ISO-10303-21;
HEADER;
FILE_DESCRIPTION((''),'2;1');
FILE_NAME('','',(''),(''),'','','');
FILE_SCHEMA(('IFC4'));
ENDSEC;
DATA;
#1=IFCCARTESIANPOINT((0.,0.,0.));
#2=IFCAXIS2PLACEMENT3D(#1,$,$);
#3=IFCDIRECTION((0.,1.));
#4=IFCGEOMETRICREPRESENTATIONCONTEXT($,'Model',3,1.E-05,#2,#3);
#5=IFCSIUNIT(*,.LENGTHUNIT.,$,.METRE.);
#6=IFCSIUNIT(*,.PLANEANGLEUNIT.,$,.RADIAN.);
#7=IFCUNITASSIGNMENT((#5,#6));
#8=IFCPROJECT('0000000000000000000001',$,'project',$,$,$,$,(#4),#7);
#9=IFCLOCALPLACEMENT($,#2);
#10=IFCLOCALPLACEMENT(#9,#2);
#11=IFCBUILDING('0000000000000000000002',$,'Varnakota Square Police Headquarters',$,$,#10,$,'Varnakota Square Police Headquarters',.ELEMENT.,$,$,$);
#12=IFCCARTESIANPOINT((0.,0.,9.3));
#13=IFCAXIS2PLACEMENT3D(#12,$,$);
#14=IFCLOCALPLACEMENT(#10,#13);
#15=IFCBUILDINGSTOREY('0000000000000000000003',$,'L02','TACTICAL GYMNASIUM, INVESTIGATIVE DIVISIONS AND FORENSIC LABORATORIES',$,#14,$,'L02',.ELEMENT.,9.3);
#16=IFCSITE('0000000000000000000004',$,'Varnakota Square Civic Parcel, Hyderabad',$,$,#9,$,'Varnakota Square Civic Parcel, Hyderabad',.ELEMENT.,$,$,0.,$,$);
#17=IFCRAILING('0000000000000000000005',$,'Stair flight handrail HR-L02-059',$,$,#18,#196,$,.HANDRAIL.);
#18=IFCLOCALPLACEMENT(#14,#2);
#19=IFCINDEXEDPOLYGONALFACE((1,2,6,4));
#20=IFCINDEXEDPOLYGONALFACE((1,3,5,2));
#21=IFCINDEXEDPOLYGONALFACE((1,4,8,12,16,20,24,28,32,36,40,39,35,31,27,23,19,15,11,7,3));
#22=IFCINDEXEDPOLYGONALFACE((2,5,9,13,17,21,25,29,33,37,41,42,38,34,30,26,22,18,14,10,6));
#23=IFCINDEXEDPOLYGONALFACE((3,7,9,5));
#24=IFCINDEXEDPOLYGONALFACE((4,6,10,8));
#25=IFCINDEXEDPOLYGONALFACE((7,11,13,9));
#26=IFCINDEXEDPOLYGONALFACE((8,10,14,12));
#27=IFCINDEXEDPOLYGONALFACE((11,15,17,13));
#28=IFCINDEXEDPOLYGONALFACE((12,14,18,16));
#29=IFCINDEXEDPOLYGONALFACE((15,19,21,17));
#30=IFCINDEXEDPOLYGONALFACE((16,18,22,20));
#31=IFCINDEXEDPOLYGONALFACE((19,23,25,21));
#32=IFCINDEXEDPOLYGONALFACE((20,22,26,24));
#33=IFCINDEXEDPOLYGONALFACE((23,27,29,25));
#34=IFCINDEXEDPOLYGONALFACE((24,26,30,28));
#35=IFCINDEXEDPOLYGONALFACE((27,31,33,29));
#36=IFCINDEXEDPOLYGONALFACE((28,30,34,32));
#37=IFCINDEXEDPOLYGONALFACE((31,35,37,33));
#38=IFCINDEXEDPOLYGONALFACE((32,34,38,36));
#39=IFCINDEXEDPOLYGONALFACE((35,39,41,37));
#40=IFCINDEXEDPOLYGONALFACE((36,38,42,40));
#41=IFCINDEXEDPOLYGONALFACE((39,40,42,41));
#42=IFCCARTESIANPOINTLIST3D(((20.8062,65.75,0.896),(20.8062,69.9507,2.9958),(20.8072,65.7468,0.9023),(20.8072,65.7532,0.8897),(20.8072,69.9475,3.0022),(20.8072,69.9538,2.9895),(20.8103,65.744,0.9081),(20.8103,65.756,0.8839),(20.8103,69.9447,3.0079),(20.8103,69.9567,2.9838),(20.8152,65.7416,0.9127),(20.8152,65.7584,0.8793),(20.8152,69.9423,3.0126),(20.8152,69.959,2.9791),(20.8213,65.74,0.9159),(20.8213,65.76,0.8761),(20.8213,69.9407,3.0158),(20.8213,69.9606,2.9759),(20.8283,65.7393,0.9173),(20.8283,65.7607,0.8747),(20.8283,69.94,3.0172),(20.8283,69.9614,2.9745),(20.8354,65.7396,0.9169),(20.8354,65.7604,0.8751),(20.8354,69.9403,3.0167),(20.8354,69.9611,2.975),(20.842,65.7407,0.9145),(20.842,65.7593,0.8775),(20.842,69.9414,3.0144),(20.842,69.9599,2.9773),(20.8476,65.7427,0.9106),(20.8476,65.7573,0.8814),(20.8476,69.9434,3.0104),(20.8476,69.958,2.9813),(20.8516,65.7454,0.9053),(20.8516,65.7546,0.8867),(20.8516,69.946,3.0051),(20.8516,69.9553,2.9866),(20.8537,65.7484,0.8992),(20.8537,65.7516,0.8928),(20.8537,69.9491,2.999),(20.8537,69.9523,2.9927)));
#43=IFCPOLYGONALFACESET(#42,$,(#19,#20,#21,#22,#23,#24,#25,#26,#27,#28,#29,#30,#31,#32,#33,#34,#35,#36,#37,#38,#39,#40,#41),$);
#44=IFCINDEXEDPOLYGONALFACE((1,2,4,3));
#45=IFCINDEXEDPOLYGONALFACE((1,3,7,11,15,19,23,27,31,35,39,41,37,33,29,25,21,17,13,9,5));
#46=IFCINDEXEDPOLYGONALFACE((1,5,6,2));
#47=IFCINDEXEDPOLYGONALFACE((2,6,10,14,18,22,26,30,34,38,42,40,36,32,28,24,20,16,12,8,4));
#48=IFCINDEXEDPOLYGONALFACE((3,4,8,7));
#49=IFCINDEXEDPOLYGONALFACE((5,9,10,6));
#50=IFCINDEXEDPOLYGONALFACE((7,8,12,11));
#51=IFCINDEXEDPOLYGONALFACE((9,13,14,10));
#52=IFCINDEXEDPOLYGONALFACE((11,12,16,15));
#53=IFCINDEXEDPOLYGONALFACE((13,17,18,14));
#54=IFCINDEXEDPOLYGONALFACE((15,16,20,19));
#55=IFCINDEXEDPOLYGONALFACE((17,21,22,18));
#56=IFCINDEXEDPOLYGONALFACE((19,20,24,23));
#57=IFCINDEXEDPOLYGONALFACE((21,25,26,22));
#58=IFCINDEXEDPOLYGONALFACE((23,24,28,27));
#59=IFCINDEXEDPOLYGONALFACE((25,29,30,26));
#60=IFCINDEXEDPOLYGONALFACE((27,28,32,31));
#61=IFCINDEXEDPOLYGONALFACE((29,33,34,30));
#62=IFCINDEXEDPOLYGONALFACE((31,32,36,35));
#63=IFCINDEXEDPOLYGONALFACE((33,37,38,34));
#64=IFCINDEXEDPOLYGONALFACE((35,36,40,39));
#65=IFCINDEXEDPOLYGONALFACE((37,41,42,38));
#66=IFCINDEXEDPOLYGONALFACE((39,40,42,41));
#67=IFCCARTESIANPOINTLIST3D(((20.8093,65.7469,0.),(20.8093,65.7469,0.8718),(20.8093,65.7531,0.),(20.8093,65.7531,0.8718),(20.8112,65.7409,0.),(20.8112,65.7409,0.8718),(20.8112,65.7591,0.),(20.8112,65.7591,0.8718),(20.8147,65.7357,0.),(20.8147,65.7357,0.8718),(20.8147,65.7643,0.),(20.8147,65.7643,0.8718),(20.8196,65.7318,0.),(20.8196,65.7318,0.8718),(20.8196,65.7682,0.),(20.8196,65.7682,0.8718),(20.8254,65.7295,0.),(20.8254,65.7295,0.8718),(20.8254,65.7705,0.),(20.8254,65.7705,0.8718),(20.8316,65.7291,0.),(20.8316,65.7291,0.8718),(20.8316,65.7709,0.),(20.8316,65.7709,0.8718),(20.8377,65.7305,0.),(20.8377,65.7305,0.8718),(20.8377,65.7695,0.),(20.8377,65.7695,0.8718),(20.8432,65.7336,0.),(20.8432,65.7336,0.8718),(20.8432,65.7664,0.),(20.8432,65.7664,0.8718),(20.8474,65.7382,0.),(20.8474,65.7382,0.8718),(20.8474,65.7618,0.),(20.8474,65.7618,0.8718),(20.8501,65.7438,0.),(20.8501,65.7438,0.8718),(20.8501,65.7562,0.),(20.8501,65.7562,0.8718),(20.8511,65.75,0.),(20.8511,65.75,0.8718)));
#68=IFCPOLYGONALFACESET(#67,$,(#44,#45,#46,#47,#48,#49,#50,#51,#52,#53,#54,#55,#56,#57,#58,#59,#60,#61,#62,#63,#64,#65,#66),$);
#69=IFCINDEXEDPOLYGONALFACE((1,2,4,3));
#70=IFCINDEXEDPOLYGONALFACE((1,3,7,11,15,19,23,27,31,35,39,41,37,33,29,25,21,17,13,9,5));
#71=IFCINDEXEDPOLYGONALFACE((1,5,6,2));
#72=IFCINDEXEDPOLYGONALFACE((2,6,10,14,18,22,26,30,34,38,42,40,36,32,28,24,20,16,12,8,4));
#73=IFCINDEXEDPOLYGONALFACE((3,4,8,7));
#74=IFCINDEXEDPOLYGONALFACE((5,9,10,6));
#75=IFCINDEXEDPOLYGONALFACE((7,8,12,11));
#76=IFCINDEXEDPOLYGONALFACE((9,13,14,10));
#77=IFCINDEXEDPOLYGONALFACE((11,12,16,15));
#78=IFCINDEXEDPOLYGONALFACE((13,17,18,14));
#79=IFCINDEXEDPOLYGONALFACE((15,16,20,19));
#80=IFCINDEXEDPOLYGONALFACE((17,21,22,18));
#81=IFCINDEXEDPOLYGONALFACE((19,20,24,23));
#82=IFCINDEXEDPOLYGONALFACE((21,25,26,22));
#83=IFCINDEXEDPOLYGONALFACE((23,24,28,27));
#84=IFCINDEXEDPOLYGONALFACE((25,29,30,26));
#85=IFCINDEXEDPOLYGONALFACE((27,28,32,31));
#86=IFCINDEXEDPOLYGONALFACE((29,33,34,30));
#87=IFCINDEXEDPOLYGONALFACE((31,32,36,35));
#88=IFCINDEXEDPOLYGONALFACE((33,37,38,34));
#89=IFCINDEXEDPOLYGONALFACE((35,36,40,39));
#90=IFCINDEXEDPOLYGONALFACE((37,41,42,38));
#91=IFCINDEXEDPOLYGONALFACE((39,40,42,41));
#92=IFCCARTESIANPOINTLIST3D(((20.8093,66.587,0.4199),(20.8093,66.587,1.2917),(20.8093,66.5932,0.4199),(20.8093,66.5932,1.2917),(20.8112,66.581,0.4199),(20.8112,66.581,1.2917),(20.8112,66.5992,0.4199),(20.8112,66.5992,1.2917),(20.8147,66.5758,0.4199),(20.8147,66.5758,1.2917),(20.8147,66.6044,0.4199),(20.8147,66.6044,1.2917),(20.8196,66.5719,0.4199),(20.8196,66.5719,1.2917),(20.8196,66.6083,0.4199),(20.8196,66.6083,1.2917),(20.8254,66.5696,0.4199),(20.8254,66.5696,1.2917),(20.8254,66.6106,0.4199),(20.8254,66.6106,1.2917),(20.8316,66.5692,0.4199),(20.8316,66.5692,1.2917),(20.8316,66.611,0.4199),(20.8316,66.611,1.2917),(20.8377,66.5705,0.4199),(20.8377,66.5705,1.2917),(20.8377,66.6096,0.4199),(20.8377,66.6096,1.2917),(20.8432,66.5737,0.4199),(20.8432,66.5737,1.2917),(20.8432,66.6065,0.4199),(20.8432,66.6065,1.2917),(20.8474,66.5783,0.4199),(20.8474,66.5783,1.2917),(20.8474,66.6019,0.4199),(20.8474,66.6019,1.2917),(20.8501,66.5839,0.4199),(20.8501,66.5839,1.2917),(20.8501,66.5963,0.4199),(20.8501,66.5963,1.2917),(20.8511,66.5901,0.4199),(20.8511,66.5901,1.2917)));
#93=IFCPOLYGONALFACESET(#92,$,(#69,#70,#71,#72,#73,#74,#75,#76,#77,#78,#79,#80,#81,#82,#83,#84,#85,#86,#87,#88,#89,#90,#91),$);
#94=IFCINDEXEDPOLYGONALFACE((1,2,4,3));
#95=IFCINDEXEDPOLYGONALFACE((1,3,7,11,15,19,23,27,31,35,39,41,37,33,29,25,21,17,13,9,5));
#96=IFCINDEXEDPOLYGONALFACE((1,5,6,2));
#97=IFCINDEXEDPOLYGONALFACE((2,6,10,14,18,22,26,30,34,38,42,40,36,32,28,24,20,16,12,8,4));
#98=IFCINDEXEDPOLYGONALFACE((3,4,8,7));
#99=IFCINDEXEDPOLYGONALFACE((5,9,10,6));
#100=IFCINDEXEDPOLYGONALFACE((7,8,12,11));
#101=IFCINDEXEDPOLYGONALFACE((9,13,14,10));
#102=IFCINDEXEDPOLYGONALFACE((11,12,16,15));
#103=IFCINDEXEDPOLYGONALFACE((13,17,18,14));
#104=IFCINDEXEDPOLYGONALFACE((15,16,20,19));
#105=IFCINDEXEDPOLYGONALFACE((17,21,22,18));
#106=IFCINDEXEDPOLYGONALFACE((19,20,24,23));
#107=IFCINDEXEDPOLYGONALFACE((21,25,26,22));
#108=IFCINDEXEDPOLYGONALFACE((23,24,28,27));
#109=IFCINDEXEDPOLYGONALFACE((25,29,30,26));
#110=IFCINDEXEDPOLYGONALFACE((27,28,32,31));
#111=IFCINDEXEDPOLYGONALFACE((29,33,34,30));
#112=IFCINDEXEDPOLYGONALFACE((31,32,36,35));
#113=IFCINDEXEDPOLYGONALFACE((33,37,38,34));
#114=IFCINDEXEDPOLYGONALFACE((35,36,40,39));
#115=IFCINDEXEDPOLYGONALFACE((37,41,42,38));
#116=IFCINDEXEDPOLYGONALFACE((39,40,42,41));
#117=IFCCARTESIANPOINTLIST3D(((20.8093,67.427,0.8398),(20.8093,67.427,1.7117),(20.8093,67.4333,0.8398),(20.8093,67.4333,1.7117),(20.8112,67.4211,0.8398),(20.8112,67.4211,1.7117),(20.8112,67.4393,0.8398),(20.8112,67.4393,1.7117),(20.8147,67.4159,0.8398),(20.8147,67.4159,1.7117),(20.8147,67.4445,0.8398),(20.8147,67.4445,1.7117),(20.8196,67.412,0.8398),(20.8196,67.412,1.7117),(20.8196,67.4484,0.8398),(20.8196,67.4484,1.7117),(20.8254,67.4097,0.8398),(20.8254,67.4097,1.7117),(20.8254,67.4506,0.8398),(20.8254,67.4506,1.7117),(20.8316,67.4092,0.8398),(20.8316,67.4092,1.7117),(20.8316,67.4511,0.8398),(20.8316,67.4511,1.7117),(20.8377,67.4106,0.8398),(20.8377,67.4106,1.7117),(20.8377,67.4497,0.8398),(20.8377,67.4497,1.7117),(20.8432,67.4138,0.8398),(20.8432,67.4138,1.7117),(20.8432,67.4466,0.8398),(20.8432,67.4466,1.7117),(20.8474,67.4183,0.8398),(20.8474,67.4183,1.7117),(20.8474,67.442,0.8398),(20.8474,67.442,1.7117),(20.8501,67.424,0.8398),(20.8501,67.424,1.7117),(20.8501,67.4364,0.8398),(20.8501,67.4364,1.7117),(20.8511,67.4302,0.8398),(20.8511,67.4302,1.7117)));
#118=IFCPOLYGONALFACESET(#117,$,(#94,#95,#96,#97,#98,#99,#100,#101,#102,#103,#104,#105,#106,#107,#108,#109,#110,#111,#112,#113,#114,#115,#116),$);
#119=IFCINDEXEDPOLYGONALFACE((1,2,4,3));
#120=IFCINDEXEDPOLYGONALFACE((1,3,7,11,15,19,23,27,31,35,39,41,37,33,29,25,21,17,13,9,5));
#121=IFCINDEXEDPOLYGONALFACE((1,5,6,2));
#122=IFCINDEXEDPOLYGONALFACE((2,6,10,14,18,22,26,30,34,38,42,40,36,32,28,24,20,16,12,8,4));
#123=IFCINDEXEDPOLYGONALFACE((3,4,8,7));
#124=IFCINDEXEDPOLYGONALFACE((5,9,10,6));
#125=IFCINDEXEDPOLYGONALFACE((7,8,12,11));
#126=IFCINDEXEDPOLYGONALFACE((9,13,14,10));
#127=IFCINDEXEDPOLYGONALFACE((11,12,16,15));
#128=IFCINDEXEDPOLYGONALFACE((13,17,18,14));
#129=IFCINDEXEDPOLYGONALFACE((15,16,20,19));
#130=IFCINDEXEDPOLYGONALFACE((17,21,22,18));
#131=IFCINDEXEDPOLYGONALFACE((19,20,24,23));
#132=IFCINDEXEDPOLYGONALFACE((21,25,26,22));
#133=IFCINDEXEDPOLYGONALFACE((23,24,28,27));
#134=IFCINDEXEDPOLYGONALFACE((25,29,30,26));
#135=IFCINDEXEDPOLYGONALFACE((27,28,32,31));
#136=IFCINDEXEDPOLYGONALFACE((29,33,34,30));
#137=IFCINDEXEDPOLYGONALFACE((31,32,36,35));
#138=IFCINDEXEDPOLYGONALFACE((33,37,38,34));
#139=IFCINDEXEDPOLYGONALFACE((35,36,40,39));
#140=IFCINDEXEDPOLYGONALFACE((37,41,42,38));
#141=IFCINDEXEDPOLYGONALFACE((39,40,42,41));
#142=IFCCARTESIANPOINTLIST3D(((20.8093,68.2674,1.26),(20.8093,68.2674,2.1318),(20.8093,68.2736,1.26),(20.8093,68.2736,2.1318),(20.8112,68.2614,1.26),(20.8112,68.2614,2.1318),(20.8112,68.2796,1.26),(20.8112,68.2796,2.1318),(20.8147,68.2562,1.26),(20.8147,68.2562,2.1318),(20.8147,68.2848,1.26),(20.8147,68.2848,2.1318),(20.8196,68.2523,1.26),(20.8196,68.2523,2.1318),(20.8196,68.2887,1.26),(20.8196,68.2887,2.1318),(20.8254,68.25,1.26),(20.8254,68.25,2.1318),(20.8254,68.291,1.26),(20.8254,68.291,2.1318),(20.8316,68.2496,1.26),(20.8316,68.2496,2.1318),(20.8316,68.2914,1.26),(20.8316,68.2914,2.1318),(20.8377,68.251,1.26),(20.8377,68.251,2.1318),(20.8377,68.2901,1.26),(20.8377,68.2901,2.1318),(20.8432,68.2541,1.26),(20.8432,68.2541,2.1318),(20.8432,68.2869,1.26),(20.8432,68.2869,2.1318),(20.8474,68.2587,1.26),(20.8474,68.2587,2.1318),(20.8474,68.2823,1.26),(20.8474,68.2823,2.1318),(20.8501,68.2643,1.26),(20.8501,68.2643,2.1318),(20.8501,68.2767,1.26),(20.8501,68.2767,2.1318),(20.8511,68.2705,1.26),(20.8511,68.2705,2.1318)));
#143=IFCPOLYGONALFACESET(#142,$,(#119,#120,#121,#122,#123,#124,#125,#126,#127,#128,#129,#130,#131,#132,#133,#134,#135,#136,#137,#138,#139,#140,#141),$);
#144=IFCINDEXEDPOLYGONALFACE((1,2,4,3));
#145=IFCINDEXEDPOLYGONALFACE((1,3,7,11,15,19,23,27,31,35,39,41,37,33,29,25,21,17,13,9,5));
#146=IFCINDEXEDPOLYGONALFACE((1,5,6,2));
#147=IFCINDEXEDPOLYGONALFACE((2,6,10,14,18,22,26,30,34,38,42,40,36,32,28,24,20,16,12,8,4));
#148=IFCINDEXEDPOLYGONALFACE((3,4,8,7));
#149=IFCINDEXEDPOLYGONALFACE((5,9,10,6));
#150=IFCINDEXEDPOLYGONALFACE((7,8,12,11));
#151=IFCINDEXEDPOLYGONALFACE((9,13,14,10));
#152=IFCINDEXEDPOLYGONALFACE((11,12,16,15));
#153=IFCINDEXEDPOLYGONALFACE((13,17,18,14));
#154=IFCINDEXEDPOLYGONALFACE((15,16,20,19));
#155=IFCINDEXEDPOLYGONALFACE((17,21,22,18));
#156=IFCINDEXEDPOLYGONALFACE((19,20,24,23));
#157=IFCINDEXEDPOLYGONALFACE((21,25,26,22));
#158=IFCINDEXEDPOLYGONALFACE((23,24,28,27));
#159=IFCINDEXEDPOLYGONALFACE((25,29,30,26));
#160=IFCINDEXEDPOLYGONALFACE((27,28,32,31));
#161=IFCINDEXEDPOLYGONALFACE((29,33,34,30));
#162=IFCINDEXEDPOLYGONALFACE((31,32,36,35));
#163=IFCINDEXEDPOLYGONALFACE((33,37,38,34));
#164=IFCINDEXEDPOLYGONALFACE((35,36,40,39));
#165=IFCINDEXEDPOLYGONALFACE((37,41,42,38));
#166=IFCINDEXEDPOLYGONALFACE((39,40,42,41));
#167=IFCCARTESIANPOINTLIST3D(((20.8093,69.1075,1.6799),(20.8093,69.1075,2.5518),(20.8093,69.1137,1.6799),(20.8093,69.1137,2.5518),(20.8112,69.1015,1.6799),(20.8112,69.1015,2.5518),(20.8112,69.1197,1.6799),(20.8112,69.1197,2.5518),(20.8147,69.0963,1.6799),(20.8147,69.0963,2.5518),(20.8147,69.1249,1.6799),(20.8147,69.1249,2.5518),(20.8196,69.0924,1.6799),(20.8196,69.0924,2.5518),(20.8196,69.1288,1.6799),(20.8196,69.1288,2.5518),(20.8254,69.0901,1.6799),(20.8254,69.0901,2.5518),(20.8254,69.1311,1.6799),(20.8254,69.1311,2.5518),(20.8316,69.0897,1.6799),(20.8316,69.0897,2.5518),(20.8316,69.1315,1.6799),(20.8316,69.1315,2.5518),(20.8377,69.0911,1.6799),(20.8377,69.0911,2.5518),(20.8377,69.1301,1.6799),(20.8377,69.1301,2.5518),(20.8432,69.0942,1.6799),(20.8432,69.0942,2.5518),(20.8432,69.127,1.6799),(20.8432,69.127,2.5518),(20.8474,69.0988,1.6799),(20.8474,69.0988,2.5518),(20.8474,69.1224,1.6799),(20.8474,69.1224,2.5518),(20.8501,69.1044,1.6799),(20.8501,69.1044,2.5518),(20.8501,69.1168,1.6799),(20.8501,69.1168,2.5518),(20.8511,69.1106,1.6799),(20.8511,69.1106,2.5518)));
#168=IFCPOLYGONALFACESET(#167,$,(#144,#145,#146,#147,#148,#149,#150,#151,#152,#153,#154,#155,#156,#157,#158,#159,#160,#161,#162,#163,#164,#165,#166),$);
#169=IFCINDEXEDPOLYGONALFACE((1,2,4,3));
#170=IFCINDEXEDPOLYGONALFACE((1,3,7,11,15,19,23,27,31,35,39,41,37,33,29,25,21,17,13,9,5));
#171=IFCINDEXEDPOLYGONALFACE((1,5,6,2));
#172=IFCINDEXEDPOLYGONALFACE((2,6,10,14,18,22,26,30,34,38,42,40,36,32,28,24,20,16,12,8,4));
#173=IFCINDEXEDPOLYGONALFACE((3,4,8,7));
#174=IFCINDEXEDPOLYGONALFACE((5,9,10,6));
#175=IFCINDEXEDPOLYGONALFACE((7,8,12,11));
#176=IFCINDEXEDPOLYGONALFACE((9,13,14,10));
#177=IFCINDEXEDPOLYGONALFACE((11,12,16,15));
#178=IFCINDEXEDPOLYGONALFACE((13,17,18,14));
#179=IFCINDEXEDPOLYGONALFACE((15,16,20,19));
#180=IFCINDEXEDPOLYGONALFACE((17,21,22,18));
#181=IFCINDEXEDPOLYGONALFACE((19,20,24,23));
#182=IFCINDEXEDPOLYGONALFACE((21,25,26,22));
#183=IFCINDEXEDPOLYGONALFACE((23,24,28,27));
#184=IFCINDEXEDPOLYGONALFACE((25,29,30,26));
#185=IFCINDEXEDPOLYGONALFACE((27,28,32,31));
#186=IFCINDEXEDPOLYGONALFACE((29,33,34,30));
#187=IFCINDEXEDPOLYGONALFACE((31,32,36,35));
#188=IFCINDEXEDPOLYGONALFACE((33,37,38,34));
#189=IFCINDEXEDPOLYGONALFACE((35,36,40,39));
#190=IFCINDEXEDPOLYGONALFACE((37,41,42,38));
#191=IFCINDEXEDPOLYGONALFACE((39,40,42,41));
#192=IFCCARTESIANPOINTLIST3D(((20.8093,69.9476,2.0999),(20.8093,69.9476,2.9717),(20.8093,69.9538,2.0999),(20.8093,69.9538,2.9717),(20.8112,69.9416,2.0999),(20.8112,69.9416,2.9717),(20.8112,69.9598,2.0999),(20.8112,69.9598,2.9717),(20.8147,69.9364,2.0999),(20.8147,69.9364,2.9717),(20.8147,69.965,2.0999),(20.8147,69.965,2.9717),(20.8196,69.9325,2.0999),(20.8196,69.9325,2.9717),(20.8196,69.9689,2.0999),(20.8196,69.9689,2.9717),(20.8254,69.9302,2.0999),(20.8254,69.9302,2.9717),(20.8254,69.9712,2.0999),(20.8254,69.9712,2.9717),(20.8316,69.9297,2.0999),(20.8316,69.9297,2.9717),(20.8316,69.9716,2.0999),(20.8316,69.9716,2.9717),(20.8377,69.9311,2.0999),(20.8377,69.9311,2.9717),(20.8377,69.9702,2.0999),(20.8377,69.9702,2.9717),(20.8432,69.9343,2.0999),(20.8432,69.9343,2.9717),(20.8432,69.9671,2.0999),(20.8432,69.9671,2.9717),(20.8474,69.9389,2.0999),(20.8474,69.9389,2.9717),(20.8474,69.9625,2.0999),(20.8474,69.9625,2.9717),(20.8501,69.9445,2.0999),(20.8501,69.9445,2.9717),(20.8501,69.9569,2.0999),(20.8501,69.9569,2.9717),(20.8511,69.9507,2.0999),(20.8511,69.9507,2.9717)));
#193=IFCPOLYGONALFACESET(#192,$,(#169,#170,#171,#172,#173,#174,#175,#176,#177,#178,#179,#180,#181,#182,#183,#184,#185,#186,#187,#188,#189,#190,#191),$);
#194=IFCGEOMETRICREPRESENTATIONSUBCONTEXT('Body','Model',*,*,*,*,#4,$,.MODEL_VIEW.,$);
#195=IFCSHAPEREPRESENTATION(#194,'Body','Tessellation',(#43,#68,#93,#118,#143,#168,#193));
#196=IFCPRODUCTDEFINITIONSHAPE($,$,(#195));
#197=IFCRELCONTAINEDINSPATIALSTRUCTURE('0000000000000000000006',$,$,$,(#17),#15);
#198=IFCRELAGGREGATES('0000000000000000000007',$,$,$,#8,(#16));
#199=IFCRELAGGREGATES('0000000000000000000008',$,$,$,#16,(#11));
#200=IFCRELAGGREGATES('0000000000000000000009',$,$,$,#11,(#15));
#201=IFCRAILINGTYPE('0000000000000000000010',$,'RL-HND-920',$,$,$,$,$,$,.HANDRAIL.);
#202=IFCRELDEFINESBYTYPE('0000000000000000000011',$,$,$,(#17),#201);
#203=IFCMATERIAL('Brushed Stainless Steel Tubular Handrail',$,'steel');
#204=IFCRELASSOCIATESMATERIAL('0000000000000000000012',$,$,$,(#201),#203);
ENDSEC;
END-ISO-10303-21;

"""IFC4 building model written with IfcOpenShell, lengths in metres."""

from ifc_helpers import new_model, si_unit, direction, frame, origin, origin_2d, place, context, subcontext, project, spatial, circle, extrude, material, type_object, element, save


model = new_model("IFC4")

# Units and contexts
model_context = context("Model", 3, precision=1e-05, world=origin(), true_north=direction((0.0, 1.0)))
body_context = subcontext(model_context, "Body", "Model", "MODEL_VIEW")
ifc_project = project(units=[si_unit("LENGTHUNIT", "METRE"), si_unit("PLANEANGLEUNIT", "RADIAN")], contexts=[model_context])

# Site, building, storey
site_placement = place(None, origin())
site = spatial("IfcSite", under=ifc_project, at=site_placement, Name="Varnakota Square Civic Parcel, Hyderabad", LongName="Varnakota Square Civic Parcel, Hyderabad", CompositionType="ELEMENT", RefElevation=0.0)
building_placement = place(site_placement, origin())
building = spatial("IfcBuilding", under=site, at=building_placement, Name="Varnakota Square Police Headquarters", LongName="Varnakota Square Police Headquarters", CompositionType="ELEMENT")
storey_placement = place(building_placement, frame((0.0, 0.0, 9.3)))
storey = spatial("IfcBuildingStorey", under=building, at=storey_placement, Name="L02", Description="TACTICAL GYMNASIUM, INVESTIGATIVE DIVISIONS AND FORENSIC LABORATORIES", LongName="L02", CompositionType="ELEMENT", Elevation=9.3)

# Railing
ifc_material_1 = material(Name="Brushed Stainless Steel Tubular Handrail", Category="steel")
railing_type_1 = type_object("IfcRailingType", Name="RL-HND-920", PredefinedType="HANDRAIL", material=ifc_material_1)
railing_1_placement = place(storey_placement, frame((20.8301, 65.75, 0.0)))
element("IfcRailing", 1, at=railing_1_placement, inside=storey, type_object=railing_type_1, Name="Stair flight handrail HR-L02-059", PredefinedType="HANDRAIL", context=body_context, shape_type="SweptSolid", body=[
    extrude(circle(Radius=0.0239, at=origin_2d()), frame((0.0, 0.0, 0.896), z_axis=(0.0, 0.894469, 0.44713), x_axis=(-1.0, 0.0, 0.0)), (0.0, 0.0, 1.0), 4.6963),
    extrude(circle(Radius=0.021, at=origin_2d()), origin(), (0.0, 0.0, 1.0), 0.8718),
    extrude(circle(Radius=0.021, at=origin_2d()), frame((0.0, 0.8401, 0.4199)), (0.0, 0.0, 1.0), 0.8718),
    extrude(circle(Radius=0.021, at=origin_2d()), frame((0.0, 1.6802, 0.8398)), (0.0, 0.0, 1.0), 0.8718),
    extrude(circle(Radius=0.021, at=origin_2d()), frame((0.0, 2.5205, 1.26)), (0.0, 0.0, 1.0), 0.8718),
    extrude(circle(Radius=0.021, at=origin_2d()), frame((0.0, 3.3606, 1.6799)), (0.0, 0.0, 1.0), 0.8718),
    extrude(circle(Radius=0.021, at=origin_2d()), frame((0.0, 4.2007, 2.0999)), (0.0, 0.0, 1.0), 0.8718),
])

save(model, "model.ifc")
